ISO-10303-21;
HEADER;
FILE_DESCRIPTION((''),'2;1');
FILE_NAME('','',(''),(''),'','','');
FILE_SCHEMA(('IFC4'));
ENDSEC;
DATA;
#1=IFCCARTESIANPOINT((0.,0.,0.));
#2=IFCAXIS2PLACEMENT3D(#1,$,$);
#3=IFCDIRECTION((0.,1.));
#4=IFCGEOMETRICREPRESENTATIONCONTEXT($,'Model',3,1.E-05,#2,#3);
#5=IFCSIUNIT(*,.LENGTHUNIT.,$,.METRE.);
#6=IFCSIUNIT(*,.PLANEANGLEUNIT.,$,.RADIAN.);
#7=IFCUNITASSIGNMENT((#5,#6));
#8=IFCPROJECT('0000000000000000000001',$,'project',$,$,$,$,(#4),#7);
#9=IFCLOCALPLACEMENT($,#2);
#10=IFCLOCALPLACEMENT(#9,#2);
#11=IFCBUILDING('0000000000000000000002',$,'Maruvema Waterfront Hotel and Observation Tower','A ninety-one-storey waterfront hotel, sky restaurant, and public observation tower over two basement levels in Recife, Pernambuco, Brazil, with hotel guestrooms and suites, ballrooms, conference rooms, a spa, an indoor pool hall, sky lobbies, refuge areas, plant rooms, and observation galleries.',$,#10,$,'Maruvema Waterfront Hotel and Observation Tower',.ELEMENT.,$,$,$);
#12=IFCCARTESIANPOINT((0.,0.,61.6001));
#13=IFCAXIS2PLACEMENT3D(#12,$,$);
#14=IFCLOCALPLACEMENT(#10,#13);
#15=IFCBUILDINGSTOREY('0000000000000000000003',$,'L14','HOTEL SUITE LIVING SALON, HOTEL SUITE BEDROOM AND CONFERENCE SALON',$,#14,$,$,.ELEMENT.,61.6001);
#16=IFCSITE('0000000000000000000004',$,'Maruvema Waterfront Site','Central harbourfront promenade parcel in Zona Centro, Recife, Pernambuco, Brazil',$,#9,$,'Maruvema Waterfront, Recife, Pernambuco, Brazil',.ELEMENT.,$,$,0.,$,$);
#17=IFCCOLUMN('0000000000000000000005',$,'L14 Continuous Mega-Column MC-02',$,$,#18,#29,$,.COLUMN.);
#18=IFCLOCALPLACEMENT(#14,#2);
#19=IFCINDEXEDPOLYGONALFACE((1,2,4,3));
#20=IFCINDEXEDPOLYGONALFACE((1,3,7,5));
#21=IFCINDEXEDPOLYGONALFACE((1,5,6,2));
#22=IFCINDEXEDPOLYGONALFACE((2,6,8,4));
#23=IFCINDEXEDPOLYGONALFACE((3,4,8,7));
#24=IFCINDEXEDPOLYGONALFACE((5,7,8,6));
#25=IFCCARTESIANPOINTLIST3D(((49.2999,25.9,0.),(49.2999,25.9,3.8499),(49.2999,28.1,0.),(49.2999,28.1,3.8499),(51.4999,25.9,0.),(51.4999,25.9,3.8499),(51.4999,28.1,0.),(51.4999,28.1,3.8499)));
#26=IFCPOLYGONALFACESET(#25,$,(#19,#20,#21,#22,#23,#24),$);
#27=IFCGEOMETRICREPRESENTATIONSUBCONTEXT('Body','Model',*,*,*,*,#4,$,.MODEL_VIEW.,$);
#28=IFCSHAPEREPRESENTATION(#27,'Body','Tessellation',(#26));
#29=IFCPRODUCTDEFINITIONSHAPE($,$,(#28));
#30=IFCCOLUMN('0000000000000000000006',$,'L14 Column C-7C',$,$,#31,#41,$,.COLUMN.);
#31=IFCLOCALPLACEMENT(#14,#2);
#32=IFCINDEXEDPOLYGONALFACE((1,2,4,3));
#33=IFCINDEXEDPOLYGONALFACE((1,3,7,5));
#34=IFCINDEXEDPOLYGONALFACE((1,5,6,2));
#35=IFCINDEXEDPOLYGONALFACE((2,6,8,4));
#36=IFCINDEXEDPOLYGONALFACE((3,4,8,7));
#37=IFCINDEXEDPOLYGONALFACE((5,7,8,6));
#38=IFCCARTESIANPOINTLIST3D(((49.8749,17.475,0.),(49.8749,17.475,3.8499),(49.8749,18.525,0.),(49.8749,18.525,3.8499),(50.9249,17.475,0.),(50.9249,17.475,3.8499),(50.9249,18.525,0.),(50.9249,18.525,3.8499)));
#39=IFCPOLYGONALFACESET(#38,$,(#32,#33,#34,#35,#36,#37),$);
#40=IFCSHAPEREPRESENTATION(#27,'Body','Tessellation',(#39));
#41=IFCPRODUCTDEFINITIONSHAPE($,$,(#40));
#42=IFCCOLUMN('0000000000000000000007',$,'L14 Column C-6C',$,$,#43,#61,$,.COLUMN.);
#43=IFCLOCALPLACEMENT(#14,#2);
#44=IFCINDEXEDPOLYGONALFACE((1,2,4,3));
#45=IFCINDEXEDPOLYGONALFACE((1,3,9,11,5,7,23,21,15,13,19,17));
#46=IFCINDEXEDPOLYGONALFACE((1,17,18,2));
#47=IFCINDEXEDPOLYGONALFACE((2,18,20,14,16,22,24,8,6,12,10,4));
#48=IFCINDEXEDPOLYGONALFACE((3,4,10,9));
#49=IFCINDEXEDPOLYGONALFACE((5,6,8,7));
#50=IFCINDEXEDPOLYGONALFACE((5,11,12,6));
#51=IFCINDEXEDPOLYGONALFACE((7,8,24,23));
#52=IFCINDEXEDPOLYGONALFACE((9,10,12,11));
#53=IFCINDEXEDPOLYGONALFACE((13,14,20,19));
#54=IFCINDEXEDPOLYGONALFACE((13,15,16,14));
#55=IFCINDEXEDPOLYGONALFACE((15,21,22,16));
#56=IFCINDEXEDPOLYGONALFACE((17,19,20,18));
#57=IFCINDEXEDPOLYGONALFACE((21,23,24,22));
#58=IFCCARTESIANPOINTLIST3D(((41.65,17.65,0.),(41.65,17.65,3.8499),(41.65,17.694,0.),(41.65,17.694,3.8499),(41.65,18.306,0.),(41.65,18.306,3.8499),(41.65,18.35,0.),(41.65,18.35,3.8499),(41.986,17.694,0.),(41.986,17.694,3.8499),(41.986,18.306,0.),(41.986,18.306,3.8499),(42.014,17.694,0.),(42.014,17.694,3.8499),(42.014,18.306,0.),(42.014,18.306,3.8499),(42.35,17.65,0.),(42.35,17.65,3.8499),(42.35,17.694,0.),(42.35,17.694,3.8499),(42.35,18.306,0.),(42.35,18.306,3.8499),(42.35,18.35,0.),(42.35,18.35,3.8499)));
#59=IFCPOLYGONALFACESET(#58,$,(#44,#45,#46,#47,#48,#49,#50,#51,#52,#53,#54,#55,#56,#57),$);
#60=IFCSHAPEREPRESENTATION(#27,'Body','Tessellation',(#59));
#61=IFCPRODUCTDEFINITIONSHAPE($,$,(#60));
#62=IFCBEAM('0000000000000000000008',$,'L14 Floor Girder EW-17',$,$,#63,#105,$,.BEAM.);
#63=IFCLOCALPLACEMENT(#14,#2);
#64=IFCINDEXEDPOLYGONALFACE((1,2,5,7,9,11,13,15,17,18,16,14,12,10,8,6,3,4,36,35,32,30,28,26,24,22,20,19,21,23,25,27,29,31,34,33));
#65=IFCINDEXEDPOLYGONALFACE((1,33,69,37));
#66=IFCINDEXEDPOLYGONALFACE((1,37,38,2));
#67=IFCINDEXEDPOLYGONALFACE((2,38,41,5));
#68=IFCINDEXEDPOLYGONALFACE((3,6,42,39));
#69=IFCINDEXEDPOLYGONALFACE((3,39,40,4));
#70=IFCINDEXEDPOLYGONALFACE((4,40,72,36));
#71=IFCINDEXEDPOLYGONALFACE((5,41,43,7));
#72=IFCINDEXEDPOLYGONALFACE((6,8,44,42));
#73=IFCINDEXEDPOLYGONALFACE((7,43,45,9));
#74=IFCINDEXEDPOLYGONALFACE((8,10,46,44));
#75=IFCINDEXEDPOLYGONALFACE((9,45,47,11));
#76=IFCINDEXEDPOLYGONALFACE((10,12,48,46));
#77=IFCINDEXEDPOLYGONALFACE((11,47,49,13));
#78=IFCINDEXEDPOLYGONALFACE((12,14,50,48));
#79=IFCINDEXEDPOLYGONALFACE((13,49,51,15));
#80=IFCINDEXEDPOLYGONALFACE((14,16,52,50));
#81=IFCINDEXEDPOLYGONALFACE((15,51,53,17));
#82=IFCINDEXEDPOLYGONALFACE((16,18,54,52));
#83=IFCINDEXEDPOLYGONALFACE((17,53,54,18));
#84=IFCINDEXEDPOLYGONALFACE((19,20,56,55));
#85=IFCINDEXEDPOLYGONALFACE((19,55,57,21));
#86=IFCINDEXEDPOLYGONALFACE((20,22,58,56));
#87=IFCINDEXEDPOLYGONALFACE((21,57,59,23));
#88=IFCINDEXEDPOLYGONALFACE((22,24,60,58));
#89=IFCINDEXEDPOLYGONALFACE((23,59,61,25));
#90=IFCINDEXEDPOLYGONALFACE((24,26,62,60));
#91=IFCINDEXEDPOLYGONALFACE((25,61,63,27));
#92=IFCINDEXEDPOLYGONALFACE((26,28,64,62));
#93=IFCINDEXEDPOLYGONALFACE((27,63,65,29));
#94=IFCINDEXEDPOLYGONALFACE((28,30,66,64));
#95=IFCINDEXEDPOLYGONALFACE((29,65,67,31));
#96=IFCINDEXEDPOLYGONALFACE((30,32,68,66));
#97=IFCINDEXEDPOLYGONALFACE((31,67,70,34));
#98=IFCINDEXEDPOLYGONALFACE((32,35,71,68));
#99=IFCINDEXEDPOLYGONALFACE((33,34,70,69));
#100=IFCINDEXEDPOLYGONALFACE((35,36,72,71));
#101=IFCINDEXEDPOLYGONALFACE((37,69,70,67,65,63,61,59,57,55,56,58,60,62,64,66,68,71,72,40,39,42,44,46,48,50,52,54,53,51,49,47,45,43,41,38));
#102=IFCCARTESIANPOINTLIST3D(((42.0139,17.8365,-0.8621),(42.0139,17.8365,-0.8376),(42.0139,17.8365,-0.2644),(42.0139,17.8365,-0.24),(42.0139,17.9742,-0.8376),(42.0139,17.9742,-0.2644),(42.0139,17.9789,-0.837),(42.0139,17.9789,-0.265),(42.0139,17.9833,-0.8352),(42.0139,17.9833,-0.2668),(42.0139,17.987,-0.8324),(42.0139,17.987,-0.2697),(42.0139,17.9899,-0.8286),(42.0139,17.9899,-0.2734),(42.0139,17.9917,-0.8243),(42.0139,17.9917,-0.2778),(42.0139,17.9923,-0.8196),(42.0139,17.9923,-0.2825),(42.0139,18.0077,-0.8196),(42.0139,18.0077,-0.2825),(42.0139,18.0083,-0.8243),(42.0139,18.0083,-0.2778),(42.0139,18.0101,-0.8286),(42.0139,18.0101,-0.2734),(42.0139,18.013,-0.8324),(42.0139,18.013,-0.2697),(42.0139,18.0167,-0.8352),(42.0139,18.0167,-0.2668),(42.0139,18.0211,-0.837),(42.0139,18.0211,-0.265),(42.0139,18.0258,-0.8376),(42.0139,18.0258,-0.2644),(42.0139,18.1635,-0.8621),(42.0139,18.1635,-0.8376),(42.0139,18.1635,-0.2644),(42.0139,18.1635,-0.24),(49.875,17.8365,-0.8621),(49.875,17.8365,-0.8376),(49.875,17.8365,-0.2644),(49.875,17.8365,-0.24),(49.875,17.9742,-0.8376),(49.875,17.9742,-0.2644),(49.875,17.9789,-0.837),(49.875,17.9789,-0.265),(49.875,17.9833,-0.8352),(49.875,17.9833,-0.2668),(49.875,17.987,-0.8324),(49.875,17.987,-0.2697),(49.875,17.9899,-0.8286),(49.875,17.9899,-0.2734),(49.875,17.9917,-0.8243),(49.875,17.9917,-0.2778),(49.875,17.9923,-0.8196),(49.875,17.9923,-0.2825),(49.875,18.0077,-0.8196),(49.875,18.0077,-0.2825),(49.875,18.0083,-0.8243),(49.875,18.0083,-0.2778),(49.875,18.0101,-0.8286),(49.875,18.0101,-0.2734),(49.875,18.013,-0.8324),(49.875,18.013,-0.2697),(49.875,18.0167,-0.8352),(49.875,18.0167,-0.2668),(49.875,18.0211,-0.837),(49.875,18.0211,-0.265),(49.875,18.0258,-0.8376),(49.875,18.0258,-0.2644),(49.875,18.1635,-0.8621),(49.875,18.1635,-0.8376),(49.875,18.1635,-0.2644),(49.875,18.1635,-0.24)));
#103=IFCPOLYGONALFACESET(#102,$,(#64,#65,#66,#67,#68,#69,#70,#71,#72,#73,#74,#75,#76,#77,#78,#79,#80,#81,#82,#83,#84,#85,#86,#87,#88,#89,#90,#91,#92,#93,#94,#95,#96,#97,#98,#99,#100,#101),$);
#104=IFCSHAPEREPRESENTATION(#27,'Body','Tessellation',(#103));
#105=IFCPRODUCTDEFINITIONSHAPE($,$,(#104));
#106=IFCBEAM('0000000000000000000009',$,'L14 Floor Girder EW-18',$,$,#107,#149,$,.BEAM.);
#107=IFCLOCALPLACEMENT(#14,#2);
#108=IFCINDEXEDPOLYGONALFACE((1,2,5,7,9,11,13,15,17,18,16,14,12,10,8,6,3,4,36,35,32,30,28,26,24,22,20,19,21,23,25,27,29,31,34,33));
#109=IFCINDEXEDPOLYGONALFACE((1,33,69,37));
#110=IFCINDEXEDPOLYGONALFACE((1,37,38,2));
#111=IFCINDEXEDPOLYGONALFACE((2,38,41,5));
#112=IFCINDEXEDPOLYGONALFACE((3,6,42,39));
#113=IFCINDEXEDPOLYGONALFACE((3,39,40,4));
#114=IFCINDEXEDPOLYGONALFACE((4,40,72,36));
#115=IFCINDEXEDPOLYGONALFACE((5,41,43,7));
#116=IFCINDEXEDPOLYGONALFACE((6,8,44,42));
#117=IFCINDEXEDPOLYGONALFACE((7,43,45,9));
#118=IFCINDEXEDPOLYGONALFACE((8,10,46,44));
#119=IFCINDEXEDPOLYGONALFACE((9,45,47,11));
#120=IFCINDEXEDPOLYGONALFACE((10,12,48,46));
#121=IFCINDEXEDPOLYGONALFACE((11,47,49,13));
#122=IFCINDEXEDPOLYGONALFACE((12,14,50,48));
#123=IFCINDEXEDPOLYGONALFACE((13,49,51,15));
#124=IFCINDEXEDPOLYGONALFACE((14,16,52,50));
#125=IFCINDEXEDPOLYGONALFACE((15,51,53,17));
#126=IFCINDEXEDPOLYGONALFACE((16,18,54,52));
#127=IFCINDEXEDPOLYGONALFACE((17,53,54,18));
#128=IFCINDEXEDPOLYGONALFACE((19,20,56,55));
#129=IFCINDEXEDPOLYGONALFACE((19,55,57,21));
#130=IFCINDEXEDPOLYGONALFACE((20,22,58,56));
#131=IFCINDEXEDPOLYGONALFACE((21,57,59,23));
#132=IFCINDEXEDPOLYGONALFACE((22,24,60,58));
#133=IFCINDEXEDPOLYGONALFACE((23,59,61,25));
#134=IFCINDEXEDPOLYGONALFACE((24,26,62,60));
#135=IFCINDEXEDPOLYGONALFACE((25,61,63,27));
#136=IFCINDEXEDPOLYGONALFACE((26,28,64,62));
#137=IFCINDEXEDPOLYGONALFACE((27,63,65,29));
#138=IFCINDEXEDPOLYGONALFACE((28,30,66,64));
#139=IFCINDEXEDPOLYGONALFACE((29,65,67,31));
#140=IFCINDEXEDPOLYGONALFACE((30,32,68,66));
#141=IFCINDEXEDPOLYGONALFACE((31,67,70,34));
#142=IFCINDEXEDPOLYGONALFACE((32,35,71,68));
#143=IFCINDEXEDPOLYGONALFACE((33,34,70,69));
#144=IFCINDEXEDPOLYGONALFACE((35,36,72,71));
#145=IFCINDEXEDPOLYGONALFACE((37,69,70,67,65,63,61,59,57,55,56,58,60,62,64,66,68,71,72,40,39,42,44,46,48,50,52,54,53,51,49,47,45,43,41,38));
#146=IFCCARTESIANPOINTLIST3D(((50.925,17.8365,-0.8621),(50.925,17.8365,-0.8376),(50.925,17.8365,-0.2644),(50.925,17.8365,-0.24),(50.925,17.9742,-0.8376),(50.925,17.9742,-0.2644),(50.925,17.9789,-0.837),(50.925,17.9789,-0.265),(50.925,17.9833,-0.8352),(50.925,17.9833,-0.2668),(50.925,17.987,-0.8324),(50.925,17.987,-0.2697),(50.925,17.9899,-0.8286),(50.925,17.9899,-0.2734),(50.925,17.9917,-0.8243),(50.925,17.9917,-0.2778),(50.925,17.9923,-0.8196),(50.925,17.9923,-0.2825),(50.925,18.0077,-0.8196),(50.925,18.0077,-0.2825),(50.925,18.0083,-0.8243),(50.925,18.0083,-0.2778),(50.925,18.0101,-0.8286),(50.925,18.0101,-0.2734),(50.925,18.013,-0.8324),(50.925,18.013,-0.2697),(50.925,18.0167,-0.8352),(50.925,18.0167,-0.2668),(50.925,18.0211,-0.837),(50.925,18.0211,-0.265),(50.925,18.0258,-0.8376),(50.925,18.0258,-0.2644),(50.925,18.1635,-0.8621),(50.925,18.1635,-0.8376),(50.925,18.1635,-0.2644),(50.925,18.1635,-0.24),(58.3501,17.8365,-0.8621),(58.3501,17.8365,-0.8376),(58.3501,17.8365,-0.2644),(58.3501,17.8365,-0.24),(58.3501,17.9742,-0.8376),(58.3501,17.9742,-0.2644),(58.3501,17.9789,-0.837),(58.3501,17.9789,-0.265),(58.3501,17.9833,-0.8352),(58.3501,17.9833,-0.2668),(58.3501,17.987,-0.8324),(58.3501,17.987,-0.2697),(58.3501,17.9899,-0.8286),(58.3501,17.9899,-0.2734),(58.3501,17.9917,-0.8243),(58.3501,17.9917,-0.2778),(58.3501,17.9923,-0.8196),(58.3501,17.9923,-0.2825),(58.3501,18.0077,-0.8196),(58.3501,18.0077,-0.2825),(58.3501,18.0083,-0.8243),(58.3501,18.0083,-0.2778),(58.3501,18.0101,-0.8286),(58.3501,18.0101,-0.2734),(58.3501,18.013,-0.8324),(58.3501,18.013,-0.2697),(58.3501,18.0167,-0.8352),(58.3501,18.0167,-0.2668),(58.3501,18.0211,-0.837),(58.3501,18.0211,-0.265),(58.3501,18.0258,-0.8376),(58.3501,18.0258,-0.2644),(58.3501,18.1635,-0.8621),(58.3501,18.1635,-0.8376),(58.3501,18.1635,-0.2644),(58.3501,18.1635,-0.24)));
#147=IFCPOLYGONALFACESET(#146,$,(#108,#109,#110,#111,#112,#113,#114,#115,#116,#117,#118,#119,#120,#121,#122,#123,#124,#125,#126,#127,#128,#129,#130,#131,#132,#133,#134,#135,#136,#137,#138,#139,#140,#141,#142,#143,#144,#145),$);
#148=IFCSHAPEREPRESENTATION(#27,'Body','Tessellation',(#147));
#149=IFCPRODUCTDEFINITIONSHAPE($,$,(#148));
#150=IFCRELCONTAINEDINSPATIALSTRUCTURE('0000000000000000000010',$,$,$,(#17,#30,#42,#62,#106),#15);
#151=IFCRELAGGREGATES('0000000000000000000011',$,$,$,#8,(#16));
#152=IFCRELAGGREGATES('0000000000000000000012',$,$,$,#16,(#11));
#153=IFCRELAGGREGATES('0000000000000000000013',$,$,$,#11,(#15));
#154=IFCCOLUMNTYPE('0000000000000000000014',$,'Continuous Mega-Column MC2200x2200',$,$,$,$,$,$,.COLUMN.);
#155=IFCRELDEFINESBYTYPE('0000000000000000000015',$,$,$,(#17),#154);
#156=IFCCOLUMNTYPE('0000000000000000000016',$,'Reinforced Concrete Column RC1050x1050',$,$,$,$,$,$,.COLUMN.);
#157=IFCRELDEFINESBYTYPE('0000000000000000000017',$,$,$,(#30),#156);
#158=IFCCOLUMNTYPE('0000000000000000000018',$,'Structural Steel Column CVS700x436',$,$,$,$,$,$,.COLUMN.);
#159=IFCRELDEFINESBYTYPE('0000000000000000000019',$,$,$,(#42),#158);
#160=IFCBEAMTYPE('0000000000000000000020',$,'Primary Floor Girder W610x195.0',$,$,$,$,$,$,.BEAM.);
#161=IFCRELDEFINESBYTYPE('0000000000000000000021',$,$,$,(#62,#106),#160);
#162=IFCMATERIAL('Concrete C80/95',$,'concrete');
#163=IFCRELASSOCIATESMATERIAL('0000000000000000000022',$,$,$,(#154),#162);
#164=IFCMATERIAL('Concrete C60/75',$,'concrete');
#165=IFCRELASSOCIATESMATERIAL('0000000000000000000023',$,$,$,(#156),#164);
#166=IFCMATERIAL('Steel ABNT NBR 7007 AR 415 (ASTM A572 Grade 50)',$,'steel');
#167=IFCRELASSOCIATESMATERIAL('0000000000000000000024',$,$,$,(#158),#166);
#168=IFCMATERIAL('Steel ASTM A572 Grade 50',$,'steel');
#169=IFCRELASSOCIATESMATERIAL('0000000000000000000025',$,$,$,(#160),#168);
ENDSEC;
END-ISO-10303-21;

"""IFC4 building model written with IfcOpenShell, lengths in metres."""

from ifc_helpers import new_model, si_unit, direction, frame, origin, origin_2d, place, context, subcontext, project, spatial, rectangle, i_section, extrude, material, material_profile, profile_set, type_object, element, save


model = new_model("IFC4")

# Units and contexts
model_context = context("Model", 3, precision=1e-05, world=origin(), true_north=direction((0.0, 1.0)))
body_context = subcontext(model_context, "Body", "Model", "MODEL_VIEW")
ifc_project = project(units=[si_unit("LENGTHUNIT", "METRE"), si_unit("PLANEANGLEUNIT", "RADIAN")], contexts=[model_context])

# Site, building, storey
site_placement = place(None, origin())
site = spatial("IfcSite", under=ifc_project, at=site_placement, Name="Maruvema Waterfront Site", Description="Central harbourfront promenade parcel in Zona Centro, Recife, Pernambuco, Brazil", LongName="Maruvema Waterfront, Recife, Pernambuco, Brazil", CompositionType="ELEMENT", RefElevation=0.0)
building_placement = place(site_placement, origin())
building = spatial("IfcBuilding", under=site, at=building_placement, Name="Maruvema Waterfront Hotel and Observation Tower", Description="A ninety-one-storey waterfront hotel, sky restaurant, and public observation tower over two basement levels in Recife, Pernambuco, Brazil, with hotel guestrooms and suites, ballrooms, conference rooms, a spa, an indoor pool hall, sky lobbies, refuge areas, plant rooms, and observation galleries.", LongName="Maruvema Waterfront Hotel and Observation Tower", CompositionType="ELEMENT")
storey_placement = place(building_placement, frame((0.0, 0.0, 61.6001)))
storey = spatial("IfcBuildingStorey", under=building, at=storey_placement, Name="L14", Description="HOTEL SUITE LIVING SALON, HOTEL SUITE BEDROOM AND CONFERENCE SALON", CompositionType="ELEMENT", Elevation=61.6001)

# Columns
ifc_material_1 = material(Name="Concrete C80/95", Category="concrete")
ifc_material_profile_1 = material_profile(ifc_material_1, rectangle(XDim=2.2, YDim=2.2, at=origin_2d()), Name="MC2200x2200")
ifc_profile_set_1 = profile_set([ifc_material_profile_1], Name="Concrete C80/95")
column_type_1 = type_object("IfcColumnType", Name="Continuous Mega-Column MC2200x2200", PredefinedType="COLUMN", material=ifc_profile_set_1)
column_1_placement = place(storey_placement, frame((50.3999, 27.0, 0.0), z_axis=(0.0, 0.0, 1.0), x_axis=(1.0, 0.0, 0.0)))
element("IfcColumn", 1, at=column_1_placement, inside=storey, type_object=column_type_1, Name="L14 Continuous Mega-Column MC-02", PredefinedType="COLUMN", context=body_context, shape_type="SweptSolid", body=[
    extrude(rectangle(XDim=2.2, YDim=2.2, at=origin_2d()), origin(), (0.0, 0.0, 1.0), 3.8499),
])
ifc_material_2 = material(Name="Concrete C60/75", Category="concrete")
ifc_material_profile_2 = material_profile(ifc_material_2, rectangle(XDim=1.05, YDim=1.05, at=origin_2d()), Name="RC1050x1050")
ifc_profile_set_2 = profile_set([ifc_material_profile_2], Name="Concrete C60/75")
column_type_2 = type_object("IfcColumnType", Name="Reinforced Concrete Column RC1050x1050", PredefinedType="COLUMN", material=ifc_profile_set_2)
column_2_placement = place(storey_placement, frame((50.3999, 18.0, 0.0), z_axis=(0.0, 0.0, 1.0), x_axis=(1.0, 0.0, 0.0)))
element("IfcColumn", 2, at=column_2_placement, inside=storey, type_object=column_type_2, Name="L14 Column C-7C", PredefinedType="COLUMN", context=body_context, shape_type="SweptSolid", body=[
    extrude(rectangle(XDim=1.05, YDim=1.05, at=origin_2d()), origin(), (0.0, 0.0, 1.0), 3.8499),
])
ifc_material_3 = material(Name="Steel ABNT NBR 7007 AR 415 (ASTM A572 Grade 50)", Category="steel")
ifc_material_profile_3 = material_profile(ifc_material_3, i_section(OverallWidth=0.7, OverallDepth=0.7, WebThickness=0.0281, FlangeThickness=0.0439, at=origin_2d()), Name="CVS700x436")
ifc_profile_set_3 = profile_set([ifc_material_profile_3], Name="Steel ABNT NBR 7007 AR 415 (ASTM A572 Grade 50)")
column_type_3 = type_object("IfcColumnType", Name="Structural Steel Column CVS700x436", PredefinedType="COLUMN", material=ifc_profile_set_3)
column_3_placement = place(storey_placement, frame((42.0, 18.0, 0.0), z_axis=(0.0, 0.0, 1.0), x_axis=(1.0, 0.0, 0.0)))
element("IfcColumn", 3, at=column_3_placement, inside=storey, type_object=column_type_3, Name="L14 Column C-6C", PredefinedType="COLUMN", context=body_context, shape_type="SweptSolid", body=[
    extrude(i_section(OverallWidth=0.7, OverallDepth=0.7, WebThickness=0.0281, FlangeThickness=0.0439, at=origin_2d()), origin(), (0.0, 0.0, 1.0), 3.8499),
])

# Beams
ifc_material_4 = material(Name="Steel ASTM A572 Grade 50", Category="steel")
ifc_material_profile_4 = material_profile(ifc_material_4, i_section(OverallWidth=0.3269, OverallDepth=0.6221, WebThickness=0.0154, FlangeThickness=0.0244, FilletRadius=0.0181, at=origin_2d()), Name="W610x195.0")
ifc_profile_set_4 = profile_set([ifc_material_profile_4], Name="Steel ASTM A572 Grade 50")
beam_type = type_object("IfcBeamType", Name="Primary Floor Girder W610x195.0", PredefinedType="BEAM", material=ifc_profile_set_4)
beam_1_placement = place(storey_placement, frame((42.0139, 18.0, -0.551), z_axis=(1.0, 0.0, 0.0), x_axis=(0.0, 1.0, 0.0)))
element("IfcBeam", 4, at=beam_1_placement, inside=storey, type_object=beam_type, Name="L14 Floor Girder EW-17", PredefinedType="BEAM", context=body_context, shape_type="SweptSolid", body=[
    extrude(i_section(OverallWidth=0.3269, OverallDepth=0.6221, WebThickness=0.0154, FlangeThickness=0.0244, FilletRadius=0.0181, at=origin_2d()), origin(), (0.0, 0.0, 1.0), 7.8611),
])
beam_2_placement = place(storey_placement, frame((50.925, 18.0, -0.551), z_axis=(1.0, 0.0, 0.0), x_axis=(0.0, 1.0, 0.0)))
element("IfcBeam", 5, at=beam_2_placement, inside=storey, type_object=beam_type, Name="L14 Floor Girder EW-18", PredefinedType="BEAM", context=body_context, shape_type="SweptSolid", body=[
    extrude(i_section(OverallWidth=0.3269, OverallDepth=0.6221, WebThickness=0.0154, FlangeThickness=0.0244, FilletRadius=0.0181, at=origin_2d()), origin(), (0.0, 0.0, 1.0), 7.425),
])

save(model, "model.ifc")
